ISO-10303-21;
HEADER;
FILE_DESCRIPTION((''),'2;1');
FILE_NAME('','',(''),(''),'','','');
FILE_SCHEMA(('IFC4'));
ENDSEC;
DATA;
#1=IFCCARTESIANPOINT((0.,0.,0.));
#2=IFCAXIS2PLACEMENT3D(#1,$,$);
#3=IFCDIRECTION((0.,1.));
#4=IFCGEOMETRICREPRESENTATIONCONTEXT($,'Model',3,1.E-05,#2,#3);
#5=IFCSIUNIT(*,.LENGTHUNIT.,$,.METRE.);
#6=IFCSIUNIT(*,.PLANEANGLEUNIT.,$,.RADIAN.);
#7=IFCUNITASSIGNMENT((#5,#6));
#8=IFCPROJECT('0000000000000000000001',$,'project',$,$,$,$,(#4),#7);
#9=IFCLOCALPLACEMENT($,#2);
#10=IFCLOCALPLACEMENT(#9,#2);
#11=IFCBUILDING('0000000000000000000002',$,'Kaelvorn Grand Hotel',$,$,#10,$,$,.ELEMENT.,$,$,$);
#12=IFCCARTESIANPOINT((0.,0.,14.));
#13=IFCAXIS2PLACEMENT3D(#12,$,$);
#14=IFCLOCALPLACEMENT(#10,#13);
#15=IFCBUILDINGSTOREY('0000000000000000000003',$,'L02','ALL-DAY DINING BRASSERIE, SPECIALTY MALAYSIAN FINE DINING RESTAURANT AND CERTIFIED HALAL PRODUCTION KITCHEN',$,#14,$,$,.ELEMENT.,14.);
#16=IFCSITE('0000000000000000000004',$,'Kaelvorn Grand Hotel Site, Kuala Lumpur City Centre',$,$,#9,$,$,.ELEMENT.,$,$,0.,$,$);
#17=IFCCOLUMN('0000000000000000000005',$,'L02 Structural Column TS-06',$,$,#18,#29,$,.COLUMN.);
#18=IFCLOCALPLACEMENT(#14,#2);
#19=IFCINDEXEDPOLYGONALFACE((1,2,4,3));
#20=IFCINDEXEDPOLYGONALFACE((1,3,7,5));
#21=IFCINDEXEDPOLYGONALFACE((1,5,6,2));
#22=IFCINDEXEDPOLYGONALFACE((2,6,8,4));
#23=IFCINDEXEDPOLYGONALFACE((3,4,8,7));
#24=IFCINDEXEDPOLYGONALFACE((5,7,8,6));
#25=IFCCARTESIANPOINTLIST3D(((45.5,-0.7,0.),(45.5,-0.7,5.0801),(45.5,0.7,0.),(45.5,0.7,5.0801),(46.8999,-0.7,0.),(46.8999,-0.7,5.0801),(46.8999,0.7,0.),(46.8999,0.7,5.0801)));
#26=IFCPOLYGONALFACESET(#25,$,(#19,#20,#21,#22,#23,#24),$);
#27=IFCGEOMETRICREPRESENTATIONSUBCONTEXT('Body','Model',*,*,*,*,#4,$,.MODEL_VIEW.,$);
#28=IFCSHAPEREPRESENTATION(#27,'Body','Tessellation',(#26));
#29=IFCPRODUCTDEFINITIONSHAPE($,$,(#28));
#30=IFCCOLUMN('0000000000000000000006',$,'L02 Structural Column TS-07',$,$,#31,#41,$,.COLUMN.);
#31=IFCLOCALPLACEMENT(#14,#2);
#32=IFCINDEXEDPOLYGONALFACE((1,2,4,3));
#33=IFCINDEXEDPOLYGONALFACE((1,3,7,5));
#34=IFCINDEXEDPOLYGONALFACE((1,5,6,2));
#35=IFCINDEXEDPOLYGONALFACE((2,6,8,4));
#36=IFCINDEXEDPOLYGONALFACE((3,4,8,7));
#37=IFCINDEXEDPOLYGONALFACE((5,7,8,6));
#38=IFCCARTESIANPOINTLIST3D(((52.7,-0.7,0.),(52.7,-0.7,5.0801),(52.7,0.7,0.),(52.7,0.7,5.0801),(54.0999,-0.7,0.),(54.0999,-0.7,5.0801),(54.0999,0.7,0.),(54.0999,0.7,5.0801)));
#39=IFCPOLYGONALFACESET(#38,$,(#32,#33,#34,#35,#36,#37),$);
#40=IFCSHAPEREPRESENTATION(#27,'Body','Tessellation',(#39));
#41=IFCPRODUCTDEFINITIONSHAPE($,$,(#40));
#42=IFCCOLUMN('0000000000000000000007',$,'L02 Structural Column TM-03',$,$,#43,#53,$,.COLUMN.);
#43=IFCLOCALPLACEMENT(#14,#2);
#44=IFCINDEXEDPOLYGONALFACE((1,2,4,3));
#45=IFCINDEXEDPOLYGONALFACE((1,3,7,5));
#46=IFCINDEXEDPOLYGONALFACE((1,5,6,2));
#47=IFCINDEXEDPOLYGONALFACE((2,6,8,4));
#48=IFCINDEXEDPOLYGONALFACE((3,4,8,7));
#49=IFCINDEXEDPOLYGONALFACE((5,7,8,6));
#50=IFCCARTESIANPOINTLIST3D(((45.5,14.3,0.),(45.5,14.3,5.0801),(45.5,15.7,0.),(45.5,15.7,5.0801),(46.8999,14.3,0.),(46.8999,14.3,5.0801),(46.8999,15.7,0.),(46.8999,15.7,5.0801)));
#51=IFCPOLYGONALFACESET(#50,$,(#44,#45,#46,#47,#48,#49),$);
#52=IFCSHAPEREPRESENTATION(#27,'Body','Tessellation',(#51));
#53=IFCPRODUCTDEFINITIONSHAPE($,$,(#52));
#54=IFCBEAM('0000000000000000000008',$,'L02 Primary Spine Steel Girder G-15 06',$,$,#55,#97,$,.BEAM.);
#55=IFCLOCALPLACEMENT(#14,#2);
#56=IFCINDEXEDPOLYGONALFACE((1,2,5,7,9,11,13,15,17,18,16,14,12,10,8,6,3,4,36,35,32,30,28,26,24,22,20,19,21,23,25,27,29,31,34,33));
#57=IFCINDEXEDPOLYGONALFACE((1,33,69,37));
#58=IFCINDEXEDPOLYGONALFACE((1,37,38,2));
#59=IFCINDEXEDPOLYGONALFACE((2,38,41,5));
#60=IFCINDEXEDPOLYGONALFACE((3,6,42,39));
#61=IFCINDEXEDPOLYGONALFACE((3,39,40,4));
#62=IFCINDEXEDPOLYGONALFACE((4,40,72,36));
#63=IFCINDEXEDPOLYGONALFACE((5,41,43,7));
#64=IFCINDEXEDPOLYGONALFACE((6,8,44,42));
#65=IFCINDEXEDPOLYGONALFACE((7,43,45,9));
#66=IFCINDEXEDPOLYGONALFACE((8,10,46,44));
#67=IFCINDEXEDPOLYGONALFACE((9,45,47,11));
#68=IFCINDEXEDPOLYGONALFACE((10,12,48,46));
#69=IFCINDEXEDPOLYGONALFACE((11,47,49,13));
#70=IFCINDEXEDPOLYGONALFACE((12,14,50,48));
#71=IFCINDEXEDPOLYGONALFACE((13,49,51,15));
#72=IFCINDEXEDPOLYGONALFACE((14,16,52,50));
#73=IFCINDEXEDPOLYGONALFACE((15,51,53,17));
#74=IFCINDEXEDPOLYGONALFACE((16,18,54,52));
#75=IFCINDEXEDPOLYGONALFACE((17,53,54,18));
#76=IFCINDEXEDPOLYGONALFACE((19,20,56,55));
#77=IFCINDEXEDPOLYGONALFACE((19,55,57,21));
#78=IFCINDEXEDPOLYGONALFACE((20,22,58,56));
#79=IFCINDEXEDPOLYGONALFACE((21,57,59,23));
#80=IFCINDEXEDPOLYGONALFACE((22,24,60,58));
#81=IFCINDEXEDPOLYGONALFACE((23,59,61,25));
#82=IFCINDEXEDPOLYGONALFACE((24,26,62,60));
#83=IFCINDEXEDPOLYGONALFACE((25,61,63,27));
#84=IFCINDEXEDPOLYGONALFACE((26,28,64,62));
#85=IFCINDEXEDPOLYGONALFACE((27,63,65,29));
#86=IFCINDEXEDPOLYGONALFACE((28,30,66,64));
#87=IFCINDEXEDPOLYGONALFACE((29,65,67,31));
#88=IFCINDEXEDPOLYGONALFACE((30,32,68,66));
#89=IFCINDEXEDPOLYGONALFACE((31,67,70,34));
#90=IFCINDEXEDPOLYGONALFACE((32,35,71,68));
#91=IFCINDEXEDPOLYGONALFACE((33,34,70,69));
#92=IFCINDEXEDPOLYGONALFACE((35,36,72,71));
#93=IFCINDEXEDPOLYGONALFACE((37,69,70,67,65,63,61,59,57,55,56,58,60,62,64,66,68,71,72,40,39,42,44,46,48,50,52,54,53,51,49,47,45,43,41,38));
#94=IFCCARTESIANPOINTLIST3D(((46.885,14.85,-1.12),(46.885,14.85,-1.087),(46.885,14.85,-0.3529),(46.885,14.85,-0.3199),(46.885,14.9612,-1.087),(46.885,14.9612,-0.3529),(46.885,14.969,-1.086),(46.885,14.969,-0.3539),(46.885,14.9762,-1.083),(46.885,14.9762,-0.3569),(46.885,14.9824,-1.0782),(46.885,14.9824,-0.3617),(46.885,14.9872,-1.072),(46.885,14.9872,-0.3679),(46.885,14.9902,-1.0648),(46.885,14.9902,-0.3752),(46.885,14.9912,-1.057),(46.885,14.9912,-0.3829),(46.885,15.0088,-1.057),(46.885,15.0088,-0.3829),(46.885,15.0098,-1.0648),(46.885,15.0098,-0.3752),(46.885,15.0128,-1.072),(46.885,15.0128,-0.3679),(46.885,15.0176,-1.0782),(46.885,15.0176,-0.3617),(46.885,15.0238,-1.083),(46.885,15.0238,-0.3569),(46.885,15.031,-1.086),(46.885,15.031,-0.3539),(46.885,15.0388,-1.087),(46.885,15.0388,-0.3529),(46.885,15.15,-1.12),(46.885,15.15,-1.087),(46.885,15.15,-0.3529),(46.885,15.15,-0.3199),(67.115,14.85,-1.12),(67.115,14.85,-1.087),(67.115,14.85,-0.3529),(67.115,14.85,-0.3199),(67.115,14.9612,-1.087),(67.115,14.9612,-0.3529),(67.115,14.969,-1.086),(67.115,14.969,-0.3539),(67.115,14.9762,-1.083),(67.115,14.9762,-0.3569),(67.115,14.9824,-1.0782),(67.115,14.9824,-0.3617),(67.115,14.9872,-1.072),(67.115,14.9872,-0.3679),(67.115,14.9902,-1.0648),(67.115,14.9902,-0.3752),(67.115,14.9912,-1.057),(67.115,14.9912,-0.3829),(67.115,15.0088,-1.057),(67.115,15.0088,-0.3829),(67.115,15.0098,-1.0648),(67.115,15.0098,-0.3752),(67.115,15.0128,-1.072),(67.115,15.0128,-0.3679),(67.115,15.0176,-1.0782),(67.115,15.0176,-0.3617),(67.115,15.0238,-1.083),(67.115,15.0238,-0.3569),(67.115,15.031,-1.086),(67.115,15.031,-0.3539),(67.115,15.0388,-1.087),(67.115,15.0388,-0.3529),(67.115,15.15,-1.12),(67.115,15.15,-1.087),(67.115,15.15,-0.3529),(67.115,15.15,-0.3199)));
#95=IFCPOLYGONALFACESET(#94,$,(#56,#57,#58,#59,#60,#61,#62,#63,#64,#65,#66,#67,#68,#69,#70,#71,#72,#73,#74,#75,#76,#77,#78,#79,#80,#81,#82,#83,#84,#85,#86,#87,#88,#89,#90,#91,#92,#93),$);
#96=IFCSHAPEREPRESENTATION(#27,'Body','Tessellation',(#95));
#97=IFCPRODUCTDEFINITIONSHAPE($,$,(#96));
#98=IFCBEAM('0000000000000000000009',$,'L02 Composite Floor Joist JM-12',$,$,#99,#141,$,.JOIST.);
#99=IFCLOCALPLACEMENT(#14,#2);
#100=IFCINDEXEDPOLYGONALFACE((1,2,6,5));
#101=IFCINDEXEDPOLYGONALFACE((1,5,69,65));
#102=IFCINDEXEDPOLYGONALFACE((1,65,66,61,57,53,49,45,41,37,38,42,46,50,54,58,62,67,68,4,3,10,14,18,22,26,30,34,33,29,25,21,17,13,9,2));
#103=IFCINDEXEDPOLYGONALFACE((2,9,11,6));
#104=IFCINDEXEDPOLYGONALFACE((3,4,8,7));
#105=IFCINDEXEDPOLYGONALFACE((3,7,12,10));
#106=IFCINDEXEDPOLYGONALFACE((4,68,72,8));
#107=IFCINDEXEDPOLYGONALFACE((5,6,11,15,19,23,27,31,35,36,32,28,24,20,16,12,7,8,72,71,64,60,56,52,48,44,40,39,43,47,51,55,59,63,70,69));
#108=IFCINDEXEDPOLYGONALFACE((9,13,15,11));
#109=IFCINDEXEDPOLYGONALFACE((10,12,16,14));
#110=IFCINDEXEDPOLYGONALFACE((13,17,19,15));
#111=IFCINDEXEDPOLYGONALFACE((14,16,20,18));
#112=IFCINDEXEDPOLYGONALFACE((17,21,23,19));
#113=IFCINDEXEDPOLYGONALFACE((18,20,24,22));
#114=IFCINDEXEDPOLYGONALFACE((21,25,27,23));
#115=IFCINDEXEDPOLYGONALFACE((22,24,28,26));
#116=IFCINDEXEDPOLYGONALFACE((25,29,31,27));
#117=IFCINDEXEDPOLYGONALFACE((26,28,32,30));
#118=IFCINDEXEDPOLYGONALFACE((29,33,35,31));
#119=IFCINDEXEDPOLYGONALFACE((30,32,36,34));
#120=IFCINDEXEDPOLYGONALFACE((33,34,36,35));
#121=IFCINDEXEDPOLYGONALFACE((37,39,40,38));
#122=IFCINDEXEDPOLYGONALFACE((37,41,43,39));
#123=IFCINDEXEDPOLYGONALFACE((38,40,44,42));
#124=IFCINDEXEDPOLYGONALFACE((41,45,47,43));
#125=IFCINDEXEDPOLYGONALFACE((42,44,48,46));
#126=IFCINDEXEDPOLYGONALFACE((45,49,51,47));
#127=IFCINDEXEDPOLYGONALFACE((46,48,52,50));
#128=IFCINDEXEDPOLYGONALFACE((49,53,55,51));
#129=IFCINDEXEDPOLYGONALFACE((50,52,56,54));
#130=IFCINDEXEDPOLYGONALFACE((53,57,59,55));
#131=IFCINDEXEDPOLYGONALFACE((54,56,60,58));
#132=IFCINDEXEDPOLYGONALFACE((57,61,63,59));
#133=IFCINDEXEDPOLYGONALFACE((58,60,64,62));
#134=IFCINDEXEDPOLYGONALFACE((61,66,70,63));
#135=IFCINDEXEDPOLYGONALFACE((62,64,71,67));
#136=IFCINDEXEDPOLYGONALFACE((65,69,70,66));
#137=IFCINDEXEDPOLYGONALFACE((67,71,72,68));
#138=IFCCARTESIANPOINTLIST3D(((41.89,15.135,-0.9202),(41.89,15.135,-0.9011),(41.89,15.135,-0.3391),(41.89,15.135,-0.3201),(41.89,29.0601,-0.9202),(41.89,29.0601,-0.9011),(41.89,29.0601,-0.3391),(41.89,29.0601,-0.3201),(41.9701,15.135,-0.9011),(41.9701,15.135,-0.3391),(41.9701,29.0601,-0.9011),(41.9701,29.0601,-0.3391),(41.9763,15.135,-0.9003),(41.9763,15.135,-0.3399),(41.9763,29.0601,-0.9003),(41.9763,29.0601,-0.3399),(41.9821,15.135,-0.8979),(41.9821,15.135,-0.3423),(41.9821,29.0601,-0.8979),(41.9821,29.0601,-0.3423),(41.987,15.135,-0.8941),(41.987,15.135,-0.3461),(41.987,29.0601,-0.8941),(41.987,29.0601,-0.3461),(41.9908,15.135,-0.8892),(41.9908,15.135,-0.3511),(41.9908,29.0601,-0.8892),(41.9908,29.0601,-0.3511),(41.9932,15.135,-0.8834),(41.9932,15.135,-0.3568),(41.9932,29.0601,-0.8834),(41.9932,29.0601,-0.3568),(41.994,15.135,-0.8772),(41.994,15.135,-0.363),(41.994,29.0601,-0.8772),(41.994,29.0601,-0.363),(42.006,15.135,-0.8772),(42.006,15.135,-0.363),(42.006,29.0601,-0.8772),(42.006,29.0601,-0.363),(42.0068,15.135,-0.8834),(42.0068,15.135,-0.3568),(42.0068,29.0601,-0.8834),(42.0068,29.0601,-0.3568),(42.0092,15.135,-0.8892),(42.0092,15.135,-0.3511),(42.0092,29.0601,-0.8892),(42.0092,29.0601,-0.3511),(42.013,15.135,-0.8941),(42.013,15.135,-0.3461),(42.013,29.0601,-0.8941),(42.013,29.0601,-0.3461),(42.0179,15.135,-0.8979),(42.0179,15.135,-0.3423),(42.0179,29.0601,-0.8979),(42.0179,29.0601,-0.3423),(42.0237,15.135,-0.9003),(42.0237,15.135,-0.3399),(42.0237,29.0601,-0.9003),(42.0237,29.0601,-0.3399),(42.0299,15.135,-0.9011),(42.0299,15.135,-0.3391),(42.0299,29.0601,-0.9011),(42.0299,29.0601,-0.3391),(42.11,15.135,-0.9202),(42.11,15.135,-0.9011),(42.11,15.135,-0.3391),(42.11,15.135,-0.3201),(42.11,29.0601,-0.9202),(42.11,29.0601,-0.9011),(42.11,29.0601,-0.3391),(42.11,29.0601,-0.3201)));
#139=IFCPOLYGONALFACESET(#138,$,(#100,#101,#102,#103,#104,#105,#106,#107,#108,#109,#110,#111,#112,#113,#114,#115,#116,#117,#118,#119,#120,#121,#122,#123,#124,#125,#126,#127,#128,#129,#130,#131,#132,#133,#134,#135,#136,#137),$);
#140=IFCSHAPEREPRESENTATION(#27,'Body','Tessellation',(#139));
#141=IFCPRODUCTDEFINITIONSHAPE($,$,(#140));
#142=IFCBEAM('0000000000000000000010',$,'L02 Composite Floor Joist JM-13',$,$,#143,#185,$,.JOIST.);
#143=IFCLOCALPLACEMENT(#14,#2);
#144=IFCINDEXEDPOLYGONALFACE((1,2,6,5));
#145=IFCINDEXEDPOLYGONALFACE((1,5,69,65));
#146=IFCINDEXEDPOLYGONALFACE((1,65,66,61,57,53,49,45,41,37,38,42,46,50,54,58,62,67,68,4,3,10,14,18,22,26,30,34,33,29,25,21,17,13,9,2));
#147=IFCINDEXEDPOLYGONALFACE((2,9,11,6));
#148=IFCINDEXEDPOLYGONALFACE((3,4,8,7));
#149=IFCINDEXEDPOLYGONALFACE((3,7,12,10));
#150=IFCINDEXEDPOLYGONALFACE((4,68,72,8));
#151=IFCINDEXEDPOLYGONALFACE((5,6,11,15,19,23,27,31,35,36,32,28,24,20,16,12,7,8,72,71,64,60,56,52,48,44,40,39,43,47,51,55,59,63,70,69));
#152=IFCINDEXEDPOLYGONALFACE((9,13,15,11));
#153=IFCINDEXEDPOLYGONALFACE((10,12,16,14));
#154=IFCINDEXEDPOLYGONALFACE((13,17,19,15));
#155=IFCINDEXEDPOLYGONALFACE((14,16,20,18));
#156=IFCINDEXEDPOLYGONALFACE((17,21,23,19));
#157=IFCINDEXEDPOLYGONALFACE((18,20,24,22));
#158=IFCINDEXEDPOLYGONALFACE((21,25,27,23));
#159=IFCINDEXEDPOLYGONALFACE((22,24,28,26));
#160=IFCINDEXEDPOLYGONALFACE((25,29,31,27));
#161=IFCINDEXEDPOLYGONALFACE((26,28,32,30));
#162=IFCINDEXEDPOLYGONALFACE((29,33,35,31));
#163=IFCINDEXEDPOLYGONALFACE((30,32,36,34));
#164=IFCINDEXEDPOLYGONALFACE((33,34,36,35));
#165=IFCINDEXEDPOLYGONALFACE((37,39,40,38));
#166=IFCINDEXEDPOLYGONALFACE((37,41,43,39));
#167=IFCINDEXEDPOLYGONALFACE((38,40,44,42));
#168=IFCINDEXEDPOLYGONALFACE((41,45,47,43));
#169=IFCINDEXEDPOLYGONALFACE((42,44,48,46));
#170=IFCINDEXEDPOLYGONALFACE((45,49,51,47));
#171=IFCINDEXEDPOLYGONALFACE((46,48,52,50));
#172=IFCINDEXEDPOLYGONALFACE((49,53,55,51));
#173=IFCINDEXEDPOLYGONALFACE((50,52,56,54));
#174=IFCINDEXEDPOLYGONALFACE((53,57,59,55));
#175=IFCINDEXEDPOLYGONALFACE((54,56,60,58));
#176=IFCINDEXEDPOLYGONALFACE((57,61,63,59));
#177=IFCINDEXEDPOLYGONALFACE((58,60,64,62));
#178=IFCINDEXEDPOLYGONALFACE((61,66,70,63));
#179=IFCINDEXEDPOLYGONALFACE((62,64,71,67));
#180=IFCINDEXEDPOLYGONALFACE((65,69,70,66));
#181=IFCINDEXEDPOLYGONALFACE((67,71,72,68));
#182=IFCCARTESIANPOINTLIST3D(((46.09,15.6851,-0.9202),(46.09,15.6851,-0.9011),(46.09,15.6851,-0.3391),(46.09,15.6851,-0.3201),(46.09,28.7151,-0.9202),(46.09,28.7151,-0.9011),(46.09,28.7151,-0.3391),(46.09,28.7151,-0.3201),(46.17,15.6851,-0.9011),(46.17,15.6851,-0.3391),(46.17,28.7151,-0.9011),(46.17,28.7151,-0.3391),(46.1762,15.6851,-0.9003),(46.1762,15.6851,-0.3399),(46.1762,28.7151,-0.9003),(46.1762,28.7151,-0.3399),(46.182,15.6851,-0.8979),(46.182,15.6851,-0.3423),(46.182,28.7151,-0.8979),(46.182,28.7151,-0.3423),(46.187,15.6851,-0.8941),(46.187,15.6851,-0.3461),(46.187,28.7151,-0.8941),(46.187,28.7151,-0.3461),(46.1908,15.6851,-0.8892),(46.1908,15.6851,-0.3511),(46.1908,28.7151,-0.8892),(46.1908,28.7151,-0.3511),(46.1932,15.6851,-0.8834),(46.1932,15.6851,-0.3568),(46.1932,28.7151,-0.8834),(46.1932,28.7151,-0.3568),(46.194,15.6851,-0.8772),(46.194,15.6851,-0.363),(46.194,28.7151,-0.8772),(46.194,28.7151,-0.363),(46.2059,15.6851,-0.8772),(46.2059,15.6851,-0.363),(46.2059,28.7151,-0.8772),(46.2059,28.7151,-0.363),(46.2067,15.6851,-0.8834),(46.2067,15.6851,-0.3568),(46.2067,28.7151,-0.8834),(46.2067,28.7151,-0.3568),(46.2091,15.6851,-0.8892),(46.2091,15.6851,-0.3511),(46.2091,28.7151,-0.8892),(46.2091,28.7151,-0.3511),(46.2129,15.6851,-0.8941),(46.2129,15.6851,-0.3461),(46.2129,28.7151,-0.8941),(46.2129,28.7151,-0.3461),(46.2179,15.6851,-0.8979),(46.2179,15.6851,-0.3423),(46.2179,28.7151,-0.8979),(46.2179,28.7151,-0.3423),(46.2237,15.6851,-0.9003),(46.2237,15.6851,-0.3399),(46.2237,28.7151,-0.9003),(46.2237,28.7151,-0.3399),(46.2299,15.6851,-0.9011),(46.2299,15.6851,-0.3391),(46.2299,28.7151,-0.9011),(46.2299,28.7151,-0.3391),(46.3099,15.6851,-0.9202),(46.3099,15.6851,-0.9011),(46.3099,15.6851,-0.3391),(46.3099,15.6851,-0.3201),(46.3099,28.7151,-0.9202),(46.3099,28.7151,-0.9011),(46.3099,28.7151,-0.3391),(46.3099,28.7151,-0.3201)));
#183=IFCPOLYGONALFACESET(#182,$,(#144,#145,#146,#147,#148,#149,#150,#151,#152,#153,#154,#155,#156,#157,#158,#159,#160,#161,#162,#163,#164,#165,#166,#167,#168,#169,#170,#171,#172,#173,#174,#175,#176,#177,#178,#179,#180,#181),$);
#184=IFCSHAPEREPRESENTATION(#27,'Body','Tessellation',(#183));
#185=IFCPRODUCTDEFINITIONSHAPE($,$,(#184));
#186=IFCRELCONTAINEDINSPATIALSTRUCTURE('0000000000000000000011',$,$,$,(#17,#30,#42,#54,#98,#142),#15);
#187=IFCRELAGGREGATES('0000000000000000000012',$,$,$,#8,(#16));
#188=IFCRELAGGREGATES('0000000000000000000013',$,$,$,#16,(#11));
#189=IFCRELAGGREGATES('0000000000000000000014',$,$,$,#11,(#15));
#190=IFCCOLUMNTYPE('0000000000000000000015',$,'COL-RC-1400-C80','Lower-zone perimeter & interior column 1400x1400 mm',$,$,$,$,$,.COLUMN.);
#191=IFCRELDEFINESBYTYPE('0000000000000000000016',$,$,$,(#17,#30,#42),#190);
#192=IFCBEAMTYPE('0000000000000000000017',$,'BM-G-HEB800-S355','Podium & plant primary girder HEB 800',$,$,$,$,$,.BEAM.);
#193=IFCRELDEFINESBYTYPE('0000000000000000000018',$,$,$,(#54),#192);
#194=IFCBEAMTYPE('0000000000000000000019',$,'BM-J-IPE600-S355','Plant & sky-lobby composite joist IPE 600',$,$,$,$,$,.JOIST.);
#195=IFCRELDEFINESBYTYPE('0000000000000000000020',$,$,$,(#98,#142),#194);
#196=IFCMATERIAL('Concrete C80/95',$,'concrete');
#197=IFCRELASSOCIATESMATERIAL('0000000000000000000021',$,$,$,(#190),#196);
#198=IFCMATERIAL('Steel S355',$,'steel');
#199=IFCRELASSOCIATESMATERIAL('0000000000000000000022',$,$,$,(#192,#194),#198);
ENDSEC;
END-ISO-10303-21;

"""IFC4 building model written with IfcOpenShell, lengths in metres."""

from ifc_helpers import new_model, si_unit, direction, frame, origin, origin_2d, place, context, subcontext, project, spatial, rectangle, i_section, extrude, material, material_profile, profile_set, type_object, element, save


model = new_model("IFC4")

# Units and contexts
model_context = context("Model", 3, precision=1e-05, world=origin(), true_north=direction((0.0, 1.0)))
body_context = subcontext(model_context, "Body", "Model", "MODEL_VIEW")
ifc_project = project(units=[si_unit("LENGTHUNIT", "METRE"), si_unit("PLANEANGLEUNIT", "RADIAN")], contexts=[model_context])

# Site, building, storey
site_placement = place(None, origin())
site = spatial("IfcSite", under=ifc_project, at=site_placement, Name="Kaelvorn Grand Hotel Site, Kuala Lumpur City Centre", CompositionType="ELEMENT", RefElevation=0.0)
building_placement = place(site_placement, origin())
building = spatial("IfcBuilding", under=site, at=building_placement, Name="Kaelvorn Grand Hotel", CompositionType="ELEMENT")
storey_placement = place(building_placement, frame((0.0, 0.0, 14.0)))
storey = spatial("IfcBuildingStorey", under=building, at=storey_placement, Name="L02", Description="ALL-DAY DINING BRASSERIE, SPECIALTY MALAYSIAN FINE DINING RESTAURANT AND CERTIFIED HALAL PRODUCTION KITCHEN", CompositionType="ELEMENT", Elevation=14.0)

# Columns
ifc_material_1 = material(Name="Concrete C80/95", Category="concrete")
ifc_material_profile_1 = material_profile(ifc_material_1, rectangle(XDim=1.3999, YDim=1.3999, at=origin_2d()), Name="RC COL 1400x1400")
ifc_profile_set_1 = profile_set([ifc_material_profile_1], Name="Concrete C80/95")
column_type = type_object("IfcColumnType", Name="COL-RC-1400-C80", Description="Lower-zone perimeter & interior column 1400x1400 mm", PredefinedType="COLUMN", material=ifc_profile_set_1)
for number, where, z_axis, x_axis, name in (
    (1, (46.2, 0.0, 0.0), (0.0, 0.0, 1.0), (1.0, 0.0, 0.0), "L02 Structural Column TS-06"),
    (2, (53.3999, 0.0, 0.0), (0.0, 0.0, 1.0), (1.0, 0.0, 0.0), "L02 Structural Column TS-07"),
    (3, (46.2, 15.0, 0.0), (0.0, 0.0, 1.0), (1.0, 0.0, 0.0), "L02 Structural Column TM-03"),
):
    element("IfcColumn", number, at=place(storey_placement, frame(where, z_axis=z_axis, x_axis=x_axis)), inside=storey, type_object=column_type, Name=name, PredefinedType="COLUMN", context=body_context, shape_type="SweptSolid", body=[
        extrude(rectangle(XDim=1.3999, YDim=1.3999, at=origin_2d()), origin(), (0.0, 0.0, 1.0), 5.0801),
    ])

# Beams
ifc_material_2 = material(Name="Steel S355", Category="steel")
ifc_material_profile_2 = material_profile(ifc_material_2, i_section(OverallWidth=0.3, OverallDepth=0.8, WebThickness=0.0176, FlangeThickness=0.033, FilletRadius=0.03, at=origin_2d()), Name="HEB 800")
ifc_profile_set_2 = profile_set([ifc_material_profile_2], Name="Steel S355")
beam_type_1 = type_object("IfcBeamType", Name="BM-G-HEB800-S355", Description="Podium & plant primary girder HEB 800", PredefinedType="BEAM", material=ifc_profile_set_2)
beam_1_placement = place(storey_placement, frame((46.885, 15.0, -0.72), z_axis=(1.0, 0.0, 0.0), x_axis=(0.0, 1.0, 0.0)))
element("IfcBeam", 4, at=beam_1_placement, inside=storey, type_object=beam_type_1, Name="L02 Primary Spine Steel Girder G-15 06", PredefinedType="BEAM", context=body_context, shape_type="SweptSolid", body=[
    extrude(i_section(OverallWidth=0.3, OverallDepth=0.8, WebThickness=0.0176, FlangeThickness=0.033, FilletRadius=0.03, at=origin_2d()), origin(), (0.0, 0.0, 1.0), 20.23),
])
ifc_material_profile_3 = material_profile(ifc_material_2, i_section(OverallWidth=0.22, OverallDepth=0.6001, WebThickness=0.012, FlangeThickness=0.019, FilletRadius=0.0239, at=origin_2d()), Name="IPE 600")
ifc_profile_set_3 = profile_set([ifc_material_profile_3], Name="Steel S355")
beam_type_2 = type_object("IfcBeamType", Name="BM-J-IPE600-S355", Description="Plant & sky-lobby composite joist IPE 600", PredefinedType="JOIST", material=ifc_profile_set_3)
beam_2_placement = place(storey_placement, frame((42.0, 15.135, -0.6201), z_axis=(0.0, 1.0, 0.0), x_axis=(-1.0, 0.0, 0.0)))
element("IfcBeam", 5, at=beam_2_placement, inside=storey, type_object=beam_type_2, Name="L02 Composite Floor Joist JM-12", PredefinedType="JOIST", context=body_context, shape_type="SweptSolid", body=[
    extrude(i_section(OverallWidth=0.22, OverallDepth=0.6001, WebThickness=0.012, FlangeThickness=0.019, FilletRadius=0.0239, at=origin_2d()), origin(), (0.0, 0.0, 1.0), 13.925),
])
beam_3_placement = place(storey_placement, frame((46.2, 15.6851, -0.6201), z_axis=(0.0, 1.0, 0.0), x_axis=(-1.0, 0.0, 0.0)))
element("IfcBeam", 6, at=beam_3_placement, inside=storey, type_object=beam_type_2, Name="L02 Composite Floor Joist JM-13", PredefinedType="JOIST", context=body_context, shape_type="SweptSolid", body=[
    extrude(i_section(OverallWidth=0.22, OverallDepth=0.6001, WebThickness=0.012, FlangeThickness=0.019, FilletRadius=0.0239, at=origin_2d()), origin(), (0.0, 0.0, 1.0), 13.03),
])

save(model, "model.ifc")
